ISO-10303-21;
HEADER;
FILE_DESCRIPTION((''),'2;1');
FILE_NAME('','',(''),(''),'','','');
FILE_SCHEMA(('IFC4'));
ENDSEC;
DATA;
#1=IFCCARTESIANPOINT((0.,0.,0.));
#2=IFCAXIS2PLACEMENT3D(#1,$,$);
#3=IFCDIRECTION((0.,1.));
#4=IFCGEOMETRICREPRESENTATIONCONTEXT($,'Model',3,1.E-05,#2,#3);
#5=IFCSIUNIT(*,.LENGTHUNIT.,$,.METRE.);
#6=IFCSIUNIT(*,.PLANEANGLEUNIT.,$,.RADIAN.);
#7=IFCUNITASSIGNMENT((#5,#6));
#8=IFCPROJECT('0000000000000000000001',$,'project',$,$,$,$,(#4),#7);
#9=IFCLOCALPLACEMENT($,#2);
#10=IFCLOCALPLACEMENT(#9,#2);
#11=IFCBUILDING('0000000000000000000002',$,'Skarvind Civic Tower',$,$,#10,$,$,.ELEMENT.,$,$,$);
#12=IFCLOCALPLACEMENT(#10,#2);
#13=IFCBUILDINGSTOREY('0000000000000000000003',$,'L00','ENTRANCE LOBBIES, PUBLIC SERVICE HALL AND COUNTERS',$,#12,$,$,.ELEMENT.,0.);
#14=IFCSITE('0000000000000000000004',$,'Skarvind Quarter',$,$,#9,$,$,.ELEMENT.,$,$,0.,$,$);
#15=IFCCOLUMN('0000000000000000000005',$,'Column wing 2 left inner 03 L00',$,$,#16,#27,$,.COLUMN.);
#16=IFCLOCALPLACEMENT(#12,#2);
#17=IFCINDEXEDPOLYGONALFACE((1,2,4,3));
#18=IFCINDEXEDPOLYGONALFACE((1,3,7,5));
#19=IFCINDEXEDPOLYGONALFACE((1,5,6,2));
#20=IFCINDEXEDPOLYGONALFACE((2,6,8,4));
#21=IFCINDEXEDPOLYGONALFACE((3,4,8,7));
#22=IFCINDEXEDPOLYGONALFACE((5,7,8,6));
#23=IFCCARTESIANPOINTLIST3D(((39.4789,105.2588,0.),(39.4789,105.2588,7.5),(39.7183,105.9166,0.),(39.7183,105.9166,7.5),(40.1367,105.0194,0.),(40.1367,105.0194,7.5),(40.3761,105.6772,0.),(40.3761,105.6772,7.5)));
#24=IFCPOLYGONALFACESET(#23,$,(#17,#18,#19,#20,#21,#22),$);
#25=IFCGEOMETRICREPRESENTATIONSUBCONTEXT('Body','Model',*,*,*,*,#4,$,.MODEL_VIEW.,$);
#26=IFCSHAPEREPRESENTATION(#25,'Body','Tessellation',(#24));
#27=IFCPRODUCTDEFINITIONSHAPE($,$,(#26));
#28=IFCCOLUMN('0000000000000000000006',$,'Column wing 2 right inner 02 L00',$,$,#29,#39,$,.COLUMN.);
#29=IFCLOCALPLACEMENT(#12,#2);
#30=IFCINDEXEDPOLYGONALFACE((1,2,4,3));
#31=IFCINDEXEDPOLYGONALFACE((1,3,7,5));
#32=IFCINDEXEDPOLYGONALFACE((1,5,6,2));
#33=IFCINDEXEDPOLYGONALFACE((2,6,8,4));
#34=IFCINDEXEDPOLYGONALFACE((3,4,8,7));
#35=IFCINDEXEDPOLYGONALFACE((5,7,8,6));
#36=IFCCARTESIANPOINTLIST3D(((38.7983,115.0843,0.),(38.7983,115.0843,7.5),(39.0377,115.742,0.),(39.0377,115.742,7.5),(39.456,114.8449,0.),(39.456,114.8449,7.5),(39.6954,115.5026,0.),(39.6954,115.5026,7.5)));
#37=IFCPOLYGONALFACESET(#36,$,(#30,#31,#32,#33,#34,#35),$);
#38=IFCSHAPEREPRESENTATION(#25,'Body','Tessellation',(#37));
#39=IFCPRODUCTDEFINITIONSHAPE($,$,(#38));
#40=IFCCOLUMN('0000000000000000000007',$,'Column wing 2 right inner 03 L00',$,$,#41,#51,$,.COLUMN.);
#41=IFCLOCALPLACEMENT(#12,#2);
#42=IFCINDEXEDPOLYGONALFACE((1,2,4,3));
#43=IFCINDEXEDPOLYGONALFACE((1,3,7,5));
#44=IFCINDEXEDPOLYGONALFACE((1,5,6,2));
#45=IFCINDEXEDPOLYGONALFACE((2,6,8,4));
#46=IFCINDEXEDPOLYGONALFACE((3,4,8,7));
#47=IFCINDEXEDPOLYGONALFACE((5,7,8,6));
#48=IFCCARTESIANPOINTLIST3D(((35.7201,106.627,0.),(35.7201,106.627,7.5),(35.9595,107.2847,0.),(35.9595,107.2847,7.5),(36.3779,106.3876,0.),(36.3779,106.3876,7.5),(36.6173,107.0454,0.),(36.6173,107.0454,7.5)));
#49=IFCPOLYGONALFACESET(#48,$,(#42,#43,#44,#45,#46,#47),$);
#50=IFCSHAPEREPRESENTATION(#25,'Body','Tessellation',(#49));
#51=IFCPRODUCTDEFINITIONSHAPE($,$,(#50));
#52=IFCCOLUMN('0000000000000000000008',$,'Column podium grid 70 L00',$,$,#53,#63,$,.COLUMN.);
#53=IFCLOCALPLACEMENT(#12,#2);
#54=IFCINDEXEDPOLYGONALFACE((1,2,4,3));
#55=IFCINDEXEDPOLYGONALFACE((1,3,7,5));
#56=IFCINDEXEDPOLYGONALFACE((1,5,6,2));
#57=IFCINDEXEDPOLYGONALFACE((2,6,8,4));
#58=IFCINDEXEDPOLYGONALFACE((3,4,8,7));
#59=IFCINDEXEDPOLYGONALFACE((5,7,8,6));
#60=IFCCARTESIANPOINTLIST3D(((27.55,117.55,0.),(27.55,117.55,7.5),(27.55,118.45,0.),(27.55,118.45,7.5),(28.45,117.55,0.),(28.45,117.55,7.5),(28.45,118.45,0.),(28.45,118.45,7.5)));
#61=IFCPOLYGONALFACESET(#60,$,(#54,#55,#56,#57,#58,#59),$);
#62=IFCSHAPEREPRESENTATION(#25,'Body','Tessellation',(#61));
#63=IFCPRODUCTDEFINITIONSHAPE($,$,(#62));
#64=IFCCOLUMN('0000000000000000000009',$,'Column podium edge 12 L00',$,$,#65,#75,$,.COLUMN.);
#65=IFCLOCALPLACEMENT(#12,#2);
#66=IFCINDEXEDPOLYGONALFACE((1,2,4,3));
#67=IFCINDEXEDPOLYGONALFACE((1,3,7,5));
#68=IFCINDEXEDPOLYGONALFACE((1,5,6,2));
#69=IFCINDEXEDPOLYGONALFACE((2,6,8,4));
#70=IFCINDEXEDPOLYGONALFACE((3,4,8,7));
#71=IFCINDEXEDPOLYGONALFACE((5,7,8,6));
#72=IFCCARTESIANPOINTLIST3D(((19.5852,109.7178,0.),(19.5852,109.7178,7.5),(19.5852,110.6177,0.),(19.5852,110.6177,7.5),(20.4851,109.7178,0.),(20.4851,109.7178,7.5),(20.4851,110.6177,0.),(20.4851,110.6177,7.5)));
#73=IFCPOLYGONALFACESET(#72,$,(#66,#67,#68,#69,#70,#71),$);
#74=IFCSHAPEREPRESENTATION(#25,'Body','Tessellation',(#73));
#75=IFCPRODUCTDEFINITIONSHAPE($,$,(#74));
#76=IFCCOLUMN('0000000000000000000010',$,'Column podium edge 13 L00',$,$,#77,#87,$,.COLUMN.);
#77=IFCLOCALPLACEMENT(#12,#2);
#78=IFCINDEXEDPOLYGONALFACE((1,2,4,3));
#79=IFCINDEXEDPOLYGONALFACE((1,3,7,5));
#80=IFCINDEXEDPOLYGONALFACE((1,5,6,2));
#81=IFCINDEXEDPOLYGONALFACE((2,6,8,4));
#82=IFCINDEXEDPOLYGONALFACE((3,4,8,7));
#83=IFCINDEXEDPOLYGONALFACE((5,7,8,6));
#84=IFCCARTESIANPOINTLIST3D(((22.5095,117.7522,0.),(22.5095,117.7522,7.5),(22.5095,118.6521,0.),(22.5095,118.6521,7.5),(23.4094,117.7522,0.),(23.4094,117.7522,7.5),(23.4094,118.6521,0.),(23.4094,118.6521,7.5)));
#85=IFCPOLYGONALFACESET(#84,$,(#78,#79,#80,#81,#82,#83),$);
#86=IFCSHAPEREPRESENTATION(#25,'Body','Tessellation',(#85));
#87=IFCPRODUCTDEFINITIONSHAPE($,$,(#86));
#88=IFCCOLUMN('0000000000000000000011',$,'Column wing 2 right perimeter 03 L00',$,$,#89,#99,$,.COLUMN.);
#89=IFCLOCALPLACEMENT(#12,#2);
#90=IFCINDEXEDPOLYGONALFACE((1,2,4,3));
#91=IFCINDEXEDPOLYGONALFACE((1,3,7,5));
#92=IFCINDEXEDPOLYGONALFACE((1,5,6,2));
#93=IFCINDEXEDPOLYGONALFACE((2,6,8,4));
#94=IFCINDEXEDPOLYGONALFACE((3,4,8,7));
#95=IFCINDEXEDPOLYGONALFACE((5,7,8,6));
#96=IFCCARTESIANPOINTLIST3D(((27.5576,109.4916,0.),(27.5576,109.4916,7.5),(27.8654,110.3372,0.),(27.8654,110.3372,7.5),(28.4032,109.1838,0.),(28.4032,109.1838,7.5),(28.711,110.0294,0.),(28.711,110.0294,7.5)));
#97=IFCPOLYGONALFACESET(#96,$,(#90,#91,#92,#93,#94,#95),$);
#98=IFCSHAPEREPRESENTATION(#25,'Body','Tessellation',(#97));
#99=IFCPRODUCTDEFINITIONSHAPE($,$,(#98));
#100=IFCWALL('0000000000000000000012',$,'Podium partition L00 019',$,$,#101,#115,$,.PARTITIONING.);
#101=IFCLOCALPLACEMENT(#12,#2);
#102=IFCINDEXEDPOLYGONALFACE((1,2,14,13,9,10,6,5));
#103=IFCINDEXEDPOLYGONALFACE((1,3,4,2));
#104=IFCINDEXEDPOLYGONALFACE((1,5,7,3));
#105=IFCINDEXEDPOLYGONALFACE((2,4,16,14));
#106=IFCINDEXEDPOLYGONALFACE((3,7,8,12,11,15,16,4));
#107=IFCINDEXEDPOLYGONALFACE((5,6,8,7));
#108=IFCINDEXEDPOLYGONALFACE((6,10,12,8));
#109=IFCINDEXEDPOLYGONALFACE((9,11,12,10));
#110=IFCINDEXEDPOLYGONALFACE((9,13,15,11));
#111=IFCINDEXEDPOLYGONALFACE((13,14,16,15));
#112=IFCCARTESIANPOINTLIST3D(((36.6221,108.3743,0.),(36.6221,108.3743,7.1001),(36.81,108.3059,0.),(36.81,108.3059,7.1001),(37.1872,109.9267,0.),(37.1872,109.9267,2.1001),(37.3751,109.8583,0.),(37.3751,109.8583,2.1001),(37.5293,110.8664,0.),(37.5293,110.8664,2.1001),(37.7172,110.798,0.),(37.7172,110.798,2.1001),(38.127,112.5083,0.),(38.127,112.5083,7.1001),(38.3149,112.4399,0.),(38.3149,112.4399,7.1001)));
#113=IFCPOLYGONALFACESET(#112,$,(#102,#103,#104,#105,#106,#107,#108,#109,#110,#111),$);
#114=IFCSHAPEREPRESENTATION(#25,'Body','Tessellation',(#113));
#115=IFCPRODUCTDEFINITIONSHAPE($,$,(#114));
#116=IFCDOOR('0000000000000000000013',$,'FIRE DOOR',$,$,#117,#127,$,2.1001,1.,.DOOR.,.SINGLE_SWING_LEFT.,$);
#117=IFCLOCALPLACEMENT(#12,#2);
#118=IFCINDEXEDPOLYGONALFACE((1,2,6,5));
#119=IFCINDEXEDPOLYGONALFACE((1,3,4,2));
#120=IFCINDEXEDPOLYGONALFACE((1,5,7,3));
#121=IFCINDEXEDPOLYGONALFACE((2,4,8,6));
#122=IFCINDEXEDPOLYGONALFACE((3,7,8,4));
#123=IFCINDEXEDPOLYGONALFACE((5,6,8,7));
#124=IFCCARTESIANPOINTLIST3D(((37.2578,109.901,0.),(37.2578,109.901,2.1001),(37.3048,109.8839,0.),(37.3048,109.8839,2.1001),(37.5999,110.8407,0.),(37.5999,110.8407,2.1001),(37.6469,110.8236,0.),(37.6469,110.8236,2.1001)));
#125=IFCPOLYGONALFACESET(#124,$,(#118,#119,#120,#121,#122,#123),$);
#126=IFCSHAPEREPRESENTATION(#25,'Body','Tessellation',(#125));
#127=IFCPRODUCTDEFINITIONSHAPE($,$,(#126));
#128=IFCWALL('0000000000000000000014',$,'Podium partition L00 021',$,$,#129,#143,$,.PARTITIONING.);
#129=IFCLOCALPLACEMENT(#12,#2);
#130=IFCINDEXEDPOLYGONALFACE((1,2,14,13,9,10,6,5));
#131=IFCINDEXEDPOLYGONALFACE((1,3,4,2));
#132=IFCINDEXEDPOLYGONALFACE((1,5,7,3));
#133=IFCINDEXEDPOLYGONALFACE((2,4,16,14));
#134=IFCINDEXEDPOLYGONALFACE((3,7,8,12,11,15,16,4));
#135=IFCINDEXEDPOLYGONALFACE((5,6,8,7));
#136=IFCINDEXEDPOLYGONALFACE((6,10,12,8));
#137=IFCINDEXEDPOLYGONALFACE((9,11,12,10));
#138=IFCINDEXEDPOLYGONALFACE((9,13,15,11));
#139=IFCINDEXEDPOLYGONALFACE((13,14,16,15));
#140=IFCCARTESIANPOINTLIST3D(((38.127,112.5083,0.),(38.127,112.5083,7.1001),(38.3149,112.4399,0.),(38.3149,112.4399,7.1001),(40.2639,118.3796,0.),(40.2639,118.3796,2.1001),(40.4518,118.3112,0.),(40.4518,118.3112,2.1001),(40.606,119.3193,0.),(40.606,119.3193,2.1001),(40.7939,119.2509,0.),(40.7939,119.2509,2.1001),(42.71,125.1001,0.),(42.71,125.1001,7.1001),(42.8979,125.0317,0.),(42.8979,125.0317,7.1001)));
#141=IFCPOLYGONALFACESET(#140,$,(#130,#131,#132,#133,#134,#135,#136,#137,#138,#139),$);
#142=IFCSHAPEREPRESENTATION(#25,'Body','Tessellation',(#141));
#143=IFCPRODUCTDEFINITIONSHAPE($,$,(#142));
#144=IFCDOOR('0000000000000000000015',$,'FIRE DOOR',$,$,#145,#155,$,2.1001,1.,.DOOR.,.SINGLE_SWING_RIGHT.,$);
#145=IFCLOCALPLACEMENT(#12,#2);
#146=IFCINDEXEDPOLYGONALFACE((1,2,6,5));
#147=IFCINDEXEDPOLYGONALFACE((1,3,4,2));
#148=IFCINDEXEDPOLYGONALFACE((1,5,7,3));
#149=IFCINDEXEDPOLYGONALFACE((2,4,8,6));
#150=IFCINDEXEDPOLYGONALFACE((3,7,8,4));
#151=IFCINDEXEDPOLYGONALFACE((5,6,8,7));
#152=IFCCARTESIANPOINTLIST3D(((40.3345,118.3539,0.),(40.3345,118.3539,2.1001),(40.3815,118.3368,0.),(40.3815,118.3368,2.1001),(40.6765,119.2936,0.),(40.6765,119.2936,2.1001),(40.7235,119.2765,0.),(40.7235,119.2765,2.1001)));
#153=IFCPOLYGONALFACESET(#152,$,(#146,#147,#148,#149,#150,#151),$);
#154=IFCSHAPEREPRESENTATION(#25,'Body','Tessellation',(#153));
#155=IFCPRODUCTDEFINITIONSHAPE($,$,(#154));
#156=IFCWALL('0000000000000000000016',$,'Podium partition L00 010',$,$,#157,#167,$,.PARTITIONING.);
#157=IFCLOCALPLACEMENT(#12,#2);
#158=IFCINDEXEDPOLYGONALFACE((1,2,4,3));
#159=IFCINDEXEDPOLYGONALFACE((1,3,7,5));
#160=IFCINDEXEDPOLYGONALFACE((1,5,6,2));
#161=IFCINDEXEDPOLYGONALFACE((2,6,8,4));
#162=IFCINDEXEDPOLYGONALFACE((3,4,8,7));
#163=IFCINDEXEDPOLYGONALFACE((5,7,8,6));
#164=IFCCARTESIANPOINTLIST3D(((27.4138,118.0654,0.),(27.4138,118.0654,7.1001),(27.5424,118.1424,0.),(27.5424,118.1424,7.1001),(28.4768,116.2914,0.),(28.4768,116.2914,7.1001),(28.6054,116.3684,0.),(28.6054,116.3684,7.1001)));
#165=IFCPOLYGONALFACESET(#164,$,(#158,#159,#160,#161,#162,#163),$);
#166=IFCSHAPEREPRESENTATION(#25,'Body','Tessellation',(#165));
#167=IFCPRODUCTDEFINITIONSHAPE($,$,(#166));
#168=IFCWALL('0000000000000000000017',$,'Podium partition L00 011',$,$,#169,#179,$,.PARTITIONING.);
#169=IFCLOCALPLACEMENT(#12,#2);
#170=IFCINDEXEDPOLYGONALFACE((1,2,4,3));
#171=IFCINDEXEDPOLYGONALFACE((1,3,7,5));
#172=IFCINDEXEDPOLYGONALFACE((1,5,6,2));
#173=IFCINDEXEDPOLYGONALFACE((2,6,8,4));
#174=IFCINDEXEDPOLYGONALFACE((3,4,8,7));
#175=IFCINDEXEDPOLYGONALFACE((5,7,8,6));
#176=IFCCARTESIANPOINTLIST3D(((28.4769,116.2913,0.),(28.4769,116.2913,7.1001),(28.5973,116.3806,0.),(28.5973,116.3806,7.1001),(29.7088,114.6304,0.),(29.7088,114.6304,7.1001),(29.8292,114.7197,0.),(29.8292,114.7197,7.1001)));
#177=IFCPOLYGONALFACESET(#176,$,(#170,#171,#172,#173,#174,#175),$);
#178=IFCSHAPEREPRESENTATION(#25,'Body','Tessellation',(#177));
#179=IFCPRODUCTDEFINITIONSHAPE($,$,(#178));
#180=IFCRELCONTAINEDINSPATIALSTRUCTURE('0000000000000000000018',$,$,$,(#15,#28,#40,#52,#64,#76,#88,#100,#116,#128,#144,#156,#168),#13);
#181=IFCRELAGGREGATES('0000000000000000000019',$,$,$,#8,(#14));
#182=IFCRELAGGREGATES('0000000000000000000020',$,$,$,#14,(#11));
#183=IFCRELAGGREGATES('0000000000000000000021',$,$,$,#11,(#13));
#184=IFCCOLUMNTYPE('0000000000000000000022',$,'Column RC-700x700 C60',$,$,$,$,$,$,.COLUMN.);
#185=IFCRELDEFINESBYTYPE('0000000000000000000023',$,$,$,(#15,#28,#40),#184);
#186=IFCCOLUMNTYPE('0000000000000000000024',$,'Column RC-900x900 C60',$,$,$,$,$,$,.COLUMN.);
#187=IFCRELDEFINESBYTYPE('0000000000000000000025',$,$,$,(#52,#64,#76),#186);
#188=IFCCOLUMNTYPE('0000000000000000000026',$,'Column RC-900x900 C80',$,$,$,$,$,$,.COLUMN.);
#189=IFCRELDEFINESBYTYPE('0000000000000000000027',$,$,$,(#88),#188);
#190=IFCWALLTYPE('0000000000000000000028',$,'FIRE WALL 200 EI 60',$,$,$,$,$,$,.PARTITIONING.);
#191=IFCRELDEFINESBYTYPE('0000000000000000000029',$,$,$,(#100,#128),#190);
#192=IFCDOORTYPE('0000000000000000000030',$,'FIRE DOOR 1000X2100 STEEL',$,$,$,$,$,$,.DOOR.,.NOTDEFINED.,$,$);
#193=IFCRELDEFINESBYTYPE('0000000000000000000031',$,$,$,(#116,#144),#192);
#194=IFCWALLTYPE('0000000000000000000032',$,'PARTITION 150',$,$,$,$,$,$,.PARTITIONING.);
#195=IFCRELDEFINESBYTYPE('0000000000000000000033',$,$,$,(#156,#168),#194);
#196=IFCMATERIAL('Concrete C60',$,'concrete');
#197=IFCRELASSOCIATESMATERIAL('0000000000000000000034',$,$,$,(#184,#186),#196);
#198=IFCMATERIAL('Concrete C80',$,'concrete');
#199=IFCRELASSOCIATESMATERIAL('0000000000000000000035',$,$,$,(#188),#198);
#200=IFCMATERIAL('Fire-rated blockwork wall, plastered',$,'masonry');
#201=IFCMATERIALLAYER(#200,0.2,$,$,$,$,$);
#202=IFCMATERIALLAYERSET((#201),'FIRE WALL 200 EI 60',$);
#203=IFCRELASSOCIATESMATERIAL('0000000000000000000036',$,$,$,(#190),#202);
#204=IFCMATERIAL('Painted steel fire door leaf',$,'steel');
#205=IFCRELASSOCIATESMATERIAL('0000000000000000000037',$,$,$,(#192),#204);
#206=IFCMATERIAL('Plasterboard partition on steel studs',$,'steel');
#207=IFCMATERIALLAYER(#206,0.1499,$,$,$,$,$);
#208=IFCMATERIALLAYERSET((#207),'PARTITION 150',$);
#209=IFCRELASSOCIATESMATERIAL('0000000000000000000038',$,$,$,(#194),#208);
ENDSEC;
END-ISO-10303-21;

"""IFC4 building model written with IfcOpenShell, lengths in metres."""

from ifc_helpers import new_model, si_unit, direction, frame, frame_2d, origin, origin_2d, place, context, subcontext, project, spatial, rectangle, extrude, material, layer, layer_set, material_profile, profile_set, type_object, element, fill, save


model = new_model("IFC4")

# Units and contexts
model_context = context("Model", 3, precision=1e-05, world=origin(), true_north=direction((0.0, 1.0)))
body_context = subcontext(model_context, "Body", "Model", "MODEL_VIEW")
ifc_project = project(units=[si_unit("LENGTHUNIT", "METRE"), si_unit("PLANEANGLEUNIT", "RADIAN")], contexts=[model_context])

# Site, building, storey
site_placement = place(None, origin())
site = spatial("IfcSite", under=ifc_project, at=site_placement, Name="Skarvind Quarter", CompositionType="ELEMENT", RefElevation=0.0)
building_placement = place(site_placement, origin())
building = spatial("IfcBuilding", under=site, at=building_placement, Name="Skarvind Civic Tower", CompositionType="ELEMENT")
storey_placement = place(building_placement, origin())
storey = spatial("IfcBuildingStorey", under=building, at=storey_placement, Name="L00", Description="ENTRANCE LOBBIES, PUBLIC SERVICE HALL AND COUNTERS", CompositionType="ELEMENT", Elevation=0.0)

# Columns
ifc_material_1 = material(Name="Concrete C60", Category="concrete")
ifc_material_profile_1 = material_profile(ifc_material_1, rectangle(XDim=0.7, YDim=0.7, at=origin_2d()), Name="RC-700x700")
ifc_profile_set_1 = profile_set([ifc_material_profile_1], Name="Concrete C60")
column_type_1 = type_object("IfcColumnType", Name="Column RC-700x700 C60", PredefinedType="COLUMN", material=ifc_profile_set_1)
for number, where, z_axis, x_axis, name in (
    (1, (39.9275, 105.468, 0.0), (0.0, 0.0, 1.0), (-0.34202, -0.939693, 0.0), "Column wing 2 left inner 03 L00"),
    (2, (39.2468, 115.2935, 0.0), (0.0, 0.0, 1.0), (-0.34202, -0.939693, 0.0), "Column wing 2 right inner 02 L00"),
    (3, (36.1687, 106.8362, 0.0), (0.0, 0.0, 1.0), (-0.34202, -0.939693, 0.0), "Column wing 2 right inner 03 L00"),
):
    element("IfcColumn", number, at=place(storey_placement, frame(where, z_axis=z_axis, x_axis=x_axis)), inside=storey, type_object=column_type_1, Name=name, PredefinedType="COLUMN", context=body_context, shape_type="SweptSolid", body=[
        extrude(rectangle(XDim=0.7, YDim=0.7, at=origin_2d()), origin(), (0.0, 0.0, 1.0), 7.5),
    ])
ifc_material_profile_2 = material_profile(ifc_material_1, rectangle(XDim=0.8999, YDim=0.8999, at=origin_2d()), Name="RC-900x900")
ifc_profile_set_2 = profile_set([ifc_material_profile_2], Name="Concrete C60")
column_type_2 = type_object("IfcColumnType", Name="Column RC-900x900 C60", PredefinedType="COLUMN", material=ifc_profile_set_2)
for number, where, z_axis, x_axis, name in (
    (4, (28.0, 118.0, 0.0), (0.0, 0.0, 1.0), (1.0, 0.0, 0.0), "Column podium grid 70 L00"),
    (5, (20.0352, 110.1677, 0.0), (0.0, 0.0, 1.0), (1.0, 0.0, 0.0), "Column podium edge 12 L00"),
    (6, (22.9595, 118.2021, 0.0), (0.0, 0.0, 1.0), (1.0, 0.0, 0.0), "Column podium edge 13 L00"),
):
    element("IfcColumn", number, at=place(storey_placement, frame(where, z_axis=z_axis, x_axis=x_axis)), inside=storey, type_object=column_type_2, Name=name, PredefinedType="COLUMN", context=body_context, shape_type="SweptSolid", body=[
        extrude(rectangle(XDim=0.8999, YDim=0.8999, at=origin_2d()), origin(), (0.0, 0.0, 1.0), 7.5),
    ])
ifc_material_2 = material(Name="Concrete C80", Category="concrete")
ifc_material_profile_3 = material_profile(ifc_material_2, rectangle(XDim=0.8999, YDim=0.8999, at=origin_2d()), Name="RC-900x900")
ifc_profile_set_3 = profile_set([ifc_material_profile_3], Name="Concrete C80")
column_type_3 = type_object("IfcColumnType", Name="Column RC-900x900 C80", PredefinedType="COLUMN", material=ifc_profile_set_3)
column_placement = place(storey_placement, frame((28.1343, 109.7605, 0.0), z_axis=(0.0, 0.0, 1.0), x_axis=(-0.34202, -0.939693, 0.0)))
element("IfcColumn", 7, at=column_placement, inside=storey, type_object=column_type_3, Name="Column wing 2 right perimeter 03 L00", PredefinedType="COLUMN", context=body_context, shape_type="SweptSolid", body=[
    extrude(rectangle(XDim=0.8999, YDim=0.8999, at=origin_2d()), origin(), (0.0, 0.0, 1.0), 7.5),
])

# Walls, openings, doors
ifc_material_3 = material(Name="Fire-rated blockwork wall, plastered", Category="masonry")
ifc_layer_1 = layer(ifc_material_3, 0.2)
ifc_layer_set_1 = layer_set([ifc_layer_1], Name="FIRE WALL 200 EI 60")
wall_type_1 = type_object("IfcWallType", Name="FIRE WALL 200 EI 60", PredefinedType="PARTITIONING", material=ifc_layer_set_1)
wall_1_placement = place(storey_placement, frame((36.7161, 108.3401, 0.0), z_axis=(0.0, 0.0, 1.0), x_axis=(0.342064, 0.939677, 0.0)))
wall_1 = element("IfcWall", 8, at=wall_1_placement, inside=storey, type_object=wall_type_1, Name="Podium partition L00 019", PredefinedType="PARTITIONING", context=body_context, shape_type="SweptSolid", body=[
    extrude(rectangle(XDim=4.3994, YDim=0.2, at=frame_2d((2.1997, 0.0))), origin(), (0.0, 0.0, 1.0), 7.1001),
])
opening_1_placement = place(wall_1_placement, frame((1.6521, 0.0, 0.0)))
opening_1 = element("IfcOpeningElement", 9, at=opening_1_placement, cuts=wall_1, PredefinedType="OPENING", context=body_context, shape_type="SweptSolid", body=[
    extrude(rectangle(XDim=1.0, YDim=2.1001, at=frame_2d((0.5, 1.05))), frame((0.0, 0.1099, 0.0), z_axis=(0.0, -1.0, 0.0), x_axis=(1.0, 0.0, 0.0)), (0.0, 0.0, 1.0), 0.22),
])
ifc_material_4 = material(Name="Painted steel fire door leaf", Category="steel")
door_type = type_object("IfcDoorType", Name="FIRE DOOR 1000X2100 STEEL", OperationType="NOTDEFINED", PredefinedType="DOOR", material=ifc_material_4)
door_1_placement = place(opening_1_placement, origin())
door_1 = element("IfcDoor", 10, at=door_1_placement, inside=storey, type_object=door_type, Name="FIRE DOOR", OperationType="SINGLE_SWING_LEFT", OverallHeight=2.1001, OverallWidth=1.0, PredefinedType="DOOR", context=body_context, shape_type="SweptSolid", body=[
    extrude(rectangle(XDim=1.0, YDim=2.1001, at=frame_2d((0.5, 1.05))), frame((0.0, 0.0249, 0.0), z_axis=(0.0, -1.0, 0.0), x_axis=(1.0, 0.0, 0.0)), (0.0, 0.0, 1.0), 0.05),
])
fill(opening_1, door_1)
wall_2_placement = place(storey_placement, frame((38.2209, 112.4741, 0.0), z_axis=(0.0, 0.0, 1.0), x_axis=(0.342018, 0.939693, 0.0)))
wall_2 = element("IfcWall", 11, at=wall_2_placement, inside=storey, type_object=wall_type_1, Name="Podium partition L00 021", PredefinedType="PARTITIONING", context=body_context, shape_type="SweptSolid", body=[
    extrude(rectangle(XDim=13.3999, YDim=0.2, at=frame_2d((6.7, 0.0))), origin(), (0.0, 0.0, 1.0), 7.1001),
])
opening_2_placement = place(wall_2_placement, frame((6.248, 0.0, 0.0)))
opening_2 = element("IfcOpeningElement", 12, at=opening_2_placement, cuts=wall_2, PredefinedType="OPENING", context=body_context, shape_type="SweptSolid", body=[
    extrude(rectangle(XDim=1.0, YDim=2.1001, at=frame_2d((0.5, 1.05))), frame((0.0, 0.1099, 0.0), z_axis=(0.0, -1.0, 0.0), x_axis=(1.0, 0.0, 0.0)), (0.0, 0.0, 1.0), 0.22),
])
door_2_placement = place(opening_2_placement, origin())
door_2 = element("IfcDoor", 13, at=door_2_placement, inside=storey, type_object=door_type, Name="FIRE DOOR", OperationType="SINGLE_SWING_RIGHT", OverallHeight=2.1001, OverallWidth=1.0, PredefinedType="DOOR", context=body_context, shape_type="SweptSolid", body=[
    extrude(rectangle(XDim=1.0, YDim=2.1001, at=frame_2d((0.5, 1.05))), frame((0.0, 0.0249, 0.0), z_axis=(0.0, -1.0, 0.0), x_axis=(1.0, 0.0, 0.0)), (0.0, 0.0, 1.0), 0.05),
])
fill(opening_2, door_2)

# Walls
ifc_material_5 = material(Name="Plasterboard partition on steel studs", Category="steel")
ifc_layer_2 = layer(ifc_material_5, 0.1499)
ifc_layer_set_2 = layer_set([ifc_layer_2], Name="PARTITION 150")
wall_type_2 = type_object("IfcWallType", Name="PARTITION 150", PredefinedType="PARTITIONING", material=ifc_layer_set_2)
wall_3_placement = place(storey_placement, frame((27.478, 118.104, 0.0), z_axis=(0.0, 0.0, 1.0), x_axis=(0.51401, -0.857784, 0.0)))
element("IfcWall", 14, at=wall_3_placement, inside=storey, type_object=wall_type_2, Name="Podium partition L00 010", PredefinedType="PARTITIONING", context=body_context, shape_type="SweptSolid", body=[
    extrude(rectangle(XDim=2.0681, YDim=0.1499, at=frame_2d((1.0342, 0.0))), origin(), (0.0, 0.0, 1.0), 7.1001),
])
wall_4_placement = place(storey_placement, frame((28.5371, 116.3359, 0.0), z_axis=(0.0, 0.0, 1.0), x_axis=(0.595741, -0.803176, 0.0)))
element("IfcWall", 15, at=wall_4_placement, inside=storey, type_object=wall_type_2, Name="Podium partition L00 011", PredefinedType="PARTITIONING", context=body_context, shape_type="SweptSolid", body=[
    extrude(rectangle(XDim=2.0679, YDim=0.1499, at=frame_2d((1.0339, 0.0))), origin(), (0.0, 0.0, 1.0), 7.1001),
])

save(model, "model.ifc")
